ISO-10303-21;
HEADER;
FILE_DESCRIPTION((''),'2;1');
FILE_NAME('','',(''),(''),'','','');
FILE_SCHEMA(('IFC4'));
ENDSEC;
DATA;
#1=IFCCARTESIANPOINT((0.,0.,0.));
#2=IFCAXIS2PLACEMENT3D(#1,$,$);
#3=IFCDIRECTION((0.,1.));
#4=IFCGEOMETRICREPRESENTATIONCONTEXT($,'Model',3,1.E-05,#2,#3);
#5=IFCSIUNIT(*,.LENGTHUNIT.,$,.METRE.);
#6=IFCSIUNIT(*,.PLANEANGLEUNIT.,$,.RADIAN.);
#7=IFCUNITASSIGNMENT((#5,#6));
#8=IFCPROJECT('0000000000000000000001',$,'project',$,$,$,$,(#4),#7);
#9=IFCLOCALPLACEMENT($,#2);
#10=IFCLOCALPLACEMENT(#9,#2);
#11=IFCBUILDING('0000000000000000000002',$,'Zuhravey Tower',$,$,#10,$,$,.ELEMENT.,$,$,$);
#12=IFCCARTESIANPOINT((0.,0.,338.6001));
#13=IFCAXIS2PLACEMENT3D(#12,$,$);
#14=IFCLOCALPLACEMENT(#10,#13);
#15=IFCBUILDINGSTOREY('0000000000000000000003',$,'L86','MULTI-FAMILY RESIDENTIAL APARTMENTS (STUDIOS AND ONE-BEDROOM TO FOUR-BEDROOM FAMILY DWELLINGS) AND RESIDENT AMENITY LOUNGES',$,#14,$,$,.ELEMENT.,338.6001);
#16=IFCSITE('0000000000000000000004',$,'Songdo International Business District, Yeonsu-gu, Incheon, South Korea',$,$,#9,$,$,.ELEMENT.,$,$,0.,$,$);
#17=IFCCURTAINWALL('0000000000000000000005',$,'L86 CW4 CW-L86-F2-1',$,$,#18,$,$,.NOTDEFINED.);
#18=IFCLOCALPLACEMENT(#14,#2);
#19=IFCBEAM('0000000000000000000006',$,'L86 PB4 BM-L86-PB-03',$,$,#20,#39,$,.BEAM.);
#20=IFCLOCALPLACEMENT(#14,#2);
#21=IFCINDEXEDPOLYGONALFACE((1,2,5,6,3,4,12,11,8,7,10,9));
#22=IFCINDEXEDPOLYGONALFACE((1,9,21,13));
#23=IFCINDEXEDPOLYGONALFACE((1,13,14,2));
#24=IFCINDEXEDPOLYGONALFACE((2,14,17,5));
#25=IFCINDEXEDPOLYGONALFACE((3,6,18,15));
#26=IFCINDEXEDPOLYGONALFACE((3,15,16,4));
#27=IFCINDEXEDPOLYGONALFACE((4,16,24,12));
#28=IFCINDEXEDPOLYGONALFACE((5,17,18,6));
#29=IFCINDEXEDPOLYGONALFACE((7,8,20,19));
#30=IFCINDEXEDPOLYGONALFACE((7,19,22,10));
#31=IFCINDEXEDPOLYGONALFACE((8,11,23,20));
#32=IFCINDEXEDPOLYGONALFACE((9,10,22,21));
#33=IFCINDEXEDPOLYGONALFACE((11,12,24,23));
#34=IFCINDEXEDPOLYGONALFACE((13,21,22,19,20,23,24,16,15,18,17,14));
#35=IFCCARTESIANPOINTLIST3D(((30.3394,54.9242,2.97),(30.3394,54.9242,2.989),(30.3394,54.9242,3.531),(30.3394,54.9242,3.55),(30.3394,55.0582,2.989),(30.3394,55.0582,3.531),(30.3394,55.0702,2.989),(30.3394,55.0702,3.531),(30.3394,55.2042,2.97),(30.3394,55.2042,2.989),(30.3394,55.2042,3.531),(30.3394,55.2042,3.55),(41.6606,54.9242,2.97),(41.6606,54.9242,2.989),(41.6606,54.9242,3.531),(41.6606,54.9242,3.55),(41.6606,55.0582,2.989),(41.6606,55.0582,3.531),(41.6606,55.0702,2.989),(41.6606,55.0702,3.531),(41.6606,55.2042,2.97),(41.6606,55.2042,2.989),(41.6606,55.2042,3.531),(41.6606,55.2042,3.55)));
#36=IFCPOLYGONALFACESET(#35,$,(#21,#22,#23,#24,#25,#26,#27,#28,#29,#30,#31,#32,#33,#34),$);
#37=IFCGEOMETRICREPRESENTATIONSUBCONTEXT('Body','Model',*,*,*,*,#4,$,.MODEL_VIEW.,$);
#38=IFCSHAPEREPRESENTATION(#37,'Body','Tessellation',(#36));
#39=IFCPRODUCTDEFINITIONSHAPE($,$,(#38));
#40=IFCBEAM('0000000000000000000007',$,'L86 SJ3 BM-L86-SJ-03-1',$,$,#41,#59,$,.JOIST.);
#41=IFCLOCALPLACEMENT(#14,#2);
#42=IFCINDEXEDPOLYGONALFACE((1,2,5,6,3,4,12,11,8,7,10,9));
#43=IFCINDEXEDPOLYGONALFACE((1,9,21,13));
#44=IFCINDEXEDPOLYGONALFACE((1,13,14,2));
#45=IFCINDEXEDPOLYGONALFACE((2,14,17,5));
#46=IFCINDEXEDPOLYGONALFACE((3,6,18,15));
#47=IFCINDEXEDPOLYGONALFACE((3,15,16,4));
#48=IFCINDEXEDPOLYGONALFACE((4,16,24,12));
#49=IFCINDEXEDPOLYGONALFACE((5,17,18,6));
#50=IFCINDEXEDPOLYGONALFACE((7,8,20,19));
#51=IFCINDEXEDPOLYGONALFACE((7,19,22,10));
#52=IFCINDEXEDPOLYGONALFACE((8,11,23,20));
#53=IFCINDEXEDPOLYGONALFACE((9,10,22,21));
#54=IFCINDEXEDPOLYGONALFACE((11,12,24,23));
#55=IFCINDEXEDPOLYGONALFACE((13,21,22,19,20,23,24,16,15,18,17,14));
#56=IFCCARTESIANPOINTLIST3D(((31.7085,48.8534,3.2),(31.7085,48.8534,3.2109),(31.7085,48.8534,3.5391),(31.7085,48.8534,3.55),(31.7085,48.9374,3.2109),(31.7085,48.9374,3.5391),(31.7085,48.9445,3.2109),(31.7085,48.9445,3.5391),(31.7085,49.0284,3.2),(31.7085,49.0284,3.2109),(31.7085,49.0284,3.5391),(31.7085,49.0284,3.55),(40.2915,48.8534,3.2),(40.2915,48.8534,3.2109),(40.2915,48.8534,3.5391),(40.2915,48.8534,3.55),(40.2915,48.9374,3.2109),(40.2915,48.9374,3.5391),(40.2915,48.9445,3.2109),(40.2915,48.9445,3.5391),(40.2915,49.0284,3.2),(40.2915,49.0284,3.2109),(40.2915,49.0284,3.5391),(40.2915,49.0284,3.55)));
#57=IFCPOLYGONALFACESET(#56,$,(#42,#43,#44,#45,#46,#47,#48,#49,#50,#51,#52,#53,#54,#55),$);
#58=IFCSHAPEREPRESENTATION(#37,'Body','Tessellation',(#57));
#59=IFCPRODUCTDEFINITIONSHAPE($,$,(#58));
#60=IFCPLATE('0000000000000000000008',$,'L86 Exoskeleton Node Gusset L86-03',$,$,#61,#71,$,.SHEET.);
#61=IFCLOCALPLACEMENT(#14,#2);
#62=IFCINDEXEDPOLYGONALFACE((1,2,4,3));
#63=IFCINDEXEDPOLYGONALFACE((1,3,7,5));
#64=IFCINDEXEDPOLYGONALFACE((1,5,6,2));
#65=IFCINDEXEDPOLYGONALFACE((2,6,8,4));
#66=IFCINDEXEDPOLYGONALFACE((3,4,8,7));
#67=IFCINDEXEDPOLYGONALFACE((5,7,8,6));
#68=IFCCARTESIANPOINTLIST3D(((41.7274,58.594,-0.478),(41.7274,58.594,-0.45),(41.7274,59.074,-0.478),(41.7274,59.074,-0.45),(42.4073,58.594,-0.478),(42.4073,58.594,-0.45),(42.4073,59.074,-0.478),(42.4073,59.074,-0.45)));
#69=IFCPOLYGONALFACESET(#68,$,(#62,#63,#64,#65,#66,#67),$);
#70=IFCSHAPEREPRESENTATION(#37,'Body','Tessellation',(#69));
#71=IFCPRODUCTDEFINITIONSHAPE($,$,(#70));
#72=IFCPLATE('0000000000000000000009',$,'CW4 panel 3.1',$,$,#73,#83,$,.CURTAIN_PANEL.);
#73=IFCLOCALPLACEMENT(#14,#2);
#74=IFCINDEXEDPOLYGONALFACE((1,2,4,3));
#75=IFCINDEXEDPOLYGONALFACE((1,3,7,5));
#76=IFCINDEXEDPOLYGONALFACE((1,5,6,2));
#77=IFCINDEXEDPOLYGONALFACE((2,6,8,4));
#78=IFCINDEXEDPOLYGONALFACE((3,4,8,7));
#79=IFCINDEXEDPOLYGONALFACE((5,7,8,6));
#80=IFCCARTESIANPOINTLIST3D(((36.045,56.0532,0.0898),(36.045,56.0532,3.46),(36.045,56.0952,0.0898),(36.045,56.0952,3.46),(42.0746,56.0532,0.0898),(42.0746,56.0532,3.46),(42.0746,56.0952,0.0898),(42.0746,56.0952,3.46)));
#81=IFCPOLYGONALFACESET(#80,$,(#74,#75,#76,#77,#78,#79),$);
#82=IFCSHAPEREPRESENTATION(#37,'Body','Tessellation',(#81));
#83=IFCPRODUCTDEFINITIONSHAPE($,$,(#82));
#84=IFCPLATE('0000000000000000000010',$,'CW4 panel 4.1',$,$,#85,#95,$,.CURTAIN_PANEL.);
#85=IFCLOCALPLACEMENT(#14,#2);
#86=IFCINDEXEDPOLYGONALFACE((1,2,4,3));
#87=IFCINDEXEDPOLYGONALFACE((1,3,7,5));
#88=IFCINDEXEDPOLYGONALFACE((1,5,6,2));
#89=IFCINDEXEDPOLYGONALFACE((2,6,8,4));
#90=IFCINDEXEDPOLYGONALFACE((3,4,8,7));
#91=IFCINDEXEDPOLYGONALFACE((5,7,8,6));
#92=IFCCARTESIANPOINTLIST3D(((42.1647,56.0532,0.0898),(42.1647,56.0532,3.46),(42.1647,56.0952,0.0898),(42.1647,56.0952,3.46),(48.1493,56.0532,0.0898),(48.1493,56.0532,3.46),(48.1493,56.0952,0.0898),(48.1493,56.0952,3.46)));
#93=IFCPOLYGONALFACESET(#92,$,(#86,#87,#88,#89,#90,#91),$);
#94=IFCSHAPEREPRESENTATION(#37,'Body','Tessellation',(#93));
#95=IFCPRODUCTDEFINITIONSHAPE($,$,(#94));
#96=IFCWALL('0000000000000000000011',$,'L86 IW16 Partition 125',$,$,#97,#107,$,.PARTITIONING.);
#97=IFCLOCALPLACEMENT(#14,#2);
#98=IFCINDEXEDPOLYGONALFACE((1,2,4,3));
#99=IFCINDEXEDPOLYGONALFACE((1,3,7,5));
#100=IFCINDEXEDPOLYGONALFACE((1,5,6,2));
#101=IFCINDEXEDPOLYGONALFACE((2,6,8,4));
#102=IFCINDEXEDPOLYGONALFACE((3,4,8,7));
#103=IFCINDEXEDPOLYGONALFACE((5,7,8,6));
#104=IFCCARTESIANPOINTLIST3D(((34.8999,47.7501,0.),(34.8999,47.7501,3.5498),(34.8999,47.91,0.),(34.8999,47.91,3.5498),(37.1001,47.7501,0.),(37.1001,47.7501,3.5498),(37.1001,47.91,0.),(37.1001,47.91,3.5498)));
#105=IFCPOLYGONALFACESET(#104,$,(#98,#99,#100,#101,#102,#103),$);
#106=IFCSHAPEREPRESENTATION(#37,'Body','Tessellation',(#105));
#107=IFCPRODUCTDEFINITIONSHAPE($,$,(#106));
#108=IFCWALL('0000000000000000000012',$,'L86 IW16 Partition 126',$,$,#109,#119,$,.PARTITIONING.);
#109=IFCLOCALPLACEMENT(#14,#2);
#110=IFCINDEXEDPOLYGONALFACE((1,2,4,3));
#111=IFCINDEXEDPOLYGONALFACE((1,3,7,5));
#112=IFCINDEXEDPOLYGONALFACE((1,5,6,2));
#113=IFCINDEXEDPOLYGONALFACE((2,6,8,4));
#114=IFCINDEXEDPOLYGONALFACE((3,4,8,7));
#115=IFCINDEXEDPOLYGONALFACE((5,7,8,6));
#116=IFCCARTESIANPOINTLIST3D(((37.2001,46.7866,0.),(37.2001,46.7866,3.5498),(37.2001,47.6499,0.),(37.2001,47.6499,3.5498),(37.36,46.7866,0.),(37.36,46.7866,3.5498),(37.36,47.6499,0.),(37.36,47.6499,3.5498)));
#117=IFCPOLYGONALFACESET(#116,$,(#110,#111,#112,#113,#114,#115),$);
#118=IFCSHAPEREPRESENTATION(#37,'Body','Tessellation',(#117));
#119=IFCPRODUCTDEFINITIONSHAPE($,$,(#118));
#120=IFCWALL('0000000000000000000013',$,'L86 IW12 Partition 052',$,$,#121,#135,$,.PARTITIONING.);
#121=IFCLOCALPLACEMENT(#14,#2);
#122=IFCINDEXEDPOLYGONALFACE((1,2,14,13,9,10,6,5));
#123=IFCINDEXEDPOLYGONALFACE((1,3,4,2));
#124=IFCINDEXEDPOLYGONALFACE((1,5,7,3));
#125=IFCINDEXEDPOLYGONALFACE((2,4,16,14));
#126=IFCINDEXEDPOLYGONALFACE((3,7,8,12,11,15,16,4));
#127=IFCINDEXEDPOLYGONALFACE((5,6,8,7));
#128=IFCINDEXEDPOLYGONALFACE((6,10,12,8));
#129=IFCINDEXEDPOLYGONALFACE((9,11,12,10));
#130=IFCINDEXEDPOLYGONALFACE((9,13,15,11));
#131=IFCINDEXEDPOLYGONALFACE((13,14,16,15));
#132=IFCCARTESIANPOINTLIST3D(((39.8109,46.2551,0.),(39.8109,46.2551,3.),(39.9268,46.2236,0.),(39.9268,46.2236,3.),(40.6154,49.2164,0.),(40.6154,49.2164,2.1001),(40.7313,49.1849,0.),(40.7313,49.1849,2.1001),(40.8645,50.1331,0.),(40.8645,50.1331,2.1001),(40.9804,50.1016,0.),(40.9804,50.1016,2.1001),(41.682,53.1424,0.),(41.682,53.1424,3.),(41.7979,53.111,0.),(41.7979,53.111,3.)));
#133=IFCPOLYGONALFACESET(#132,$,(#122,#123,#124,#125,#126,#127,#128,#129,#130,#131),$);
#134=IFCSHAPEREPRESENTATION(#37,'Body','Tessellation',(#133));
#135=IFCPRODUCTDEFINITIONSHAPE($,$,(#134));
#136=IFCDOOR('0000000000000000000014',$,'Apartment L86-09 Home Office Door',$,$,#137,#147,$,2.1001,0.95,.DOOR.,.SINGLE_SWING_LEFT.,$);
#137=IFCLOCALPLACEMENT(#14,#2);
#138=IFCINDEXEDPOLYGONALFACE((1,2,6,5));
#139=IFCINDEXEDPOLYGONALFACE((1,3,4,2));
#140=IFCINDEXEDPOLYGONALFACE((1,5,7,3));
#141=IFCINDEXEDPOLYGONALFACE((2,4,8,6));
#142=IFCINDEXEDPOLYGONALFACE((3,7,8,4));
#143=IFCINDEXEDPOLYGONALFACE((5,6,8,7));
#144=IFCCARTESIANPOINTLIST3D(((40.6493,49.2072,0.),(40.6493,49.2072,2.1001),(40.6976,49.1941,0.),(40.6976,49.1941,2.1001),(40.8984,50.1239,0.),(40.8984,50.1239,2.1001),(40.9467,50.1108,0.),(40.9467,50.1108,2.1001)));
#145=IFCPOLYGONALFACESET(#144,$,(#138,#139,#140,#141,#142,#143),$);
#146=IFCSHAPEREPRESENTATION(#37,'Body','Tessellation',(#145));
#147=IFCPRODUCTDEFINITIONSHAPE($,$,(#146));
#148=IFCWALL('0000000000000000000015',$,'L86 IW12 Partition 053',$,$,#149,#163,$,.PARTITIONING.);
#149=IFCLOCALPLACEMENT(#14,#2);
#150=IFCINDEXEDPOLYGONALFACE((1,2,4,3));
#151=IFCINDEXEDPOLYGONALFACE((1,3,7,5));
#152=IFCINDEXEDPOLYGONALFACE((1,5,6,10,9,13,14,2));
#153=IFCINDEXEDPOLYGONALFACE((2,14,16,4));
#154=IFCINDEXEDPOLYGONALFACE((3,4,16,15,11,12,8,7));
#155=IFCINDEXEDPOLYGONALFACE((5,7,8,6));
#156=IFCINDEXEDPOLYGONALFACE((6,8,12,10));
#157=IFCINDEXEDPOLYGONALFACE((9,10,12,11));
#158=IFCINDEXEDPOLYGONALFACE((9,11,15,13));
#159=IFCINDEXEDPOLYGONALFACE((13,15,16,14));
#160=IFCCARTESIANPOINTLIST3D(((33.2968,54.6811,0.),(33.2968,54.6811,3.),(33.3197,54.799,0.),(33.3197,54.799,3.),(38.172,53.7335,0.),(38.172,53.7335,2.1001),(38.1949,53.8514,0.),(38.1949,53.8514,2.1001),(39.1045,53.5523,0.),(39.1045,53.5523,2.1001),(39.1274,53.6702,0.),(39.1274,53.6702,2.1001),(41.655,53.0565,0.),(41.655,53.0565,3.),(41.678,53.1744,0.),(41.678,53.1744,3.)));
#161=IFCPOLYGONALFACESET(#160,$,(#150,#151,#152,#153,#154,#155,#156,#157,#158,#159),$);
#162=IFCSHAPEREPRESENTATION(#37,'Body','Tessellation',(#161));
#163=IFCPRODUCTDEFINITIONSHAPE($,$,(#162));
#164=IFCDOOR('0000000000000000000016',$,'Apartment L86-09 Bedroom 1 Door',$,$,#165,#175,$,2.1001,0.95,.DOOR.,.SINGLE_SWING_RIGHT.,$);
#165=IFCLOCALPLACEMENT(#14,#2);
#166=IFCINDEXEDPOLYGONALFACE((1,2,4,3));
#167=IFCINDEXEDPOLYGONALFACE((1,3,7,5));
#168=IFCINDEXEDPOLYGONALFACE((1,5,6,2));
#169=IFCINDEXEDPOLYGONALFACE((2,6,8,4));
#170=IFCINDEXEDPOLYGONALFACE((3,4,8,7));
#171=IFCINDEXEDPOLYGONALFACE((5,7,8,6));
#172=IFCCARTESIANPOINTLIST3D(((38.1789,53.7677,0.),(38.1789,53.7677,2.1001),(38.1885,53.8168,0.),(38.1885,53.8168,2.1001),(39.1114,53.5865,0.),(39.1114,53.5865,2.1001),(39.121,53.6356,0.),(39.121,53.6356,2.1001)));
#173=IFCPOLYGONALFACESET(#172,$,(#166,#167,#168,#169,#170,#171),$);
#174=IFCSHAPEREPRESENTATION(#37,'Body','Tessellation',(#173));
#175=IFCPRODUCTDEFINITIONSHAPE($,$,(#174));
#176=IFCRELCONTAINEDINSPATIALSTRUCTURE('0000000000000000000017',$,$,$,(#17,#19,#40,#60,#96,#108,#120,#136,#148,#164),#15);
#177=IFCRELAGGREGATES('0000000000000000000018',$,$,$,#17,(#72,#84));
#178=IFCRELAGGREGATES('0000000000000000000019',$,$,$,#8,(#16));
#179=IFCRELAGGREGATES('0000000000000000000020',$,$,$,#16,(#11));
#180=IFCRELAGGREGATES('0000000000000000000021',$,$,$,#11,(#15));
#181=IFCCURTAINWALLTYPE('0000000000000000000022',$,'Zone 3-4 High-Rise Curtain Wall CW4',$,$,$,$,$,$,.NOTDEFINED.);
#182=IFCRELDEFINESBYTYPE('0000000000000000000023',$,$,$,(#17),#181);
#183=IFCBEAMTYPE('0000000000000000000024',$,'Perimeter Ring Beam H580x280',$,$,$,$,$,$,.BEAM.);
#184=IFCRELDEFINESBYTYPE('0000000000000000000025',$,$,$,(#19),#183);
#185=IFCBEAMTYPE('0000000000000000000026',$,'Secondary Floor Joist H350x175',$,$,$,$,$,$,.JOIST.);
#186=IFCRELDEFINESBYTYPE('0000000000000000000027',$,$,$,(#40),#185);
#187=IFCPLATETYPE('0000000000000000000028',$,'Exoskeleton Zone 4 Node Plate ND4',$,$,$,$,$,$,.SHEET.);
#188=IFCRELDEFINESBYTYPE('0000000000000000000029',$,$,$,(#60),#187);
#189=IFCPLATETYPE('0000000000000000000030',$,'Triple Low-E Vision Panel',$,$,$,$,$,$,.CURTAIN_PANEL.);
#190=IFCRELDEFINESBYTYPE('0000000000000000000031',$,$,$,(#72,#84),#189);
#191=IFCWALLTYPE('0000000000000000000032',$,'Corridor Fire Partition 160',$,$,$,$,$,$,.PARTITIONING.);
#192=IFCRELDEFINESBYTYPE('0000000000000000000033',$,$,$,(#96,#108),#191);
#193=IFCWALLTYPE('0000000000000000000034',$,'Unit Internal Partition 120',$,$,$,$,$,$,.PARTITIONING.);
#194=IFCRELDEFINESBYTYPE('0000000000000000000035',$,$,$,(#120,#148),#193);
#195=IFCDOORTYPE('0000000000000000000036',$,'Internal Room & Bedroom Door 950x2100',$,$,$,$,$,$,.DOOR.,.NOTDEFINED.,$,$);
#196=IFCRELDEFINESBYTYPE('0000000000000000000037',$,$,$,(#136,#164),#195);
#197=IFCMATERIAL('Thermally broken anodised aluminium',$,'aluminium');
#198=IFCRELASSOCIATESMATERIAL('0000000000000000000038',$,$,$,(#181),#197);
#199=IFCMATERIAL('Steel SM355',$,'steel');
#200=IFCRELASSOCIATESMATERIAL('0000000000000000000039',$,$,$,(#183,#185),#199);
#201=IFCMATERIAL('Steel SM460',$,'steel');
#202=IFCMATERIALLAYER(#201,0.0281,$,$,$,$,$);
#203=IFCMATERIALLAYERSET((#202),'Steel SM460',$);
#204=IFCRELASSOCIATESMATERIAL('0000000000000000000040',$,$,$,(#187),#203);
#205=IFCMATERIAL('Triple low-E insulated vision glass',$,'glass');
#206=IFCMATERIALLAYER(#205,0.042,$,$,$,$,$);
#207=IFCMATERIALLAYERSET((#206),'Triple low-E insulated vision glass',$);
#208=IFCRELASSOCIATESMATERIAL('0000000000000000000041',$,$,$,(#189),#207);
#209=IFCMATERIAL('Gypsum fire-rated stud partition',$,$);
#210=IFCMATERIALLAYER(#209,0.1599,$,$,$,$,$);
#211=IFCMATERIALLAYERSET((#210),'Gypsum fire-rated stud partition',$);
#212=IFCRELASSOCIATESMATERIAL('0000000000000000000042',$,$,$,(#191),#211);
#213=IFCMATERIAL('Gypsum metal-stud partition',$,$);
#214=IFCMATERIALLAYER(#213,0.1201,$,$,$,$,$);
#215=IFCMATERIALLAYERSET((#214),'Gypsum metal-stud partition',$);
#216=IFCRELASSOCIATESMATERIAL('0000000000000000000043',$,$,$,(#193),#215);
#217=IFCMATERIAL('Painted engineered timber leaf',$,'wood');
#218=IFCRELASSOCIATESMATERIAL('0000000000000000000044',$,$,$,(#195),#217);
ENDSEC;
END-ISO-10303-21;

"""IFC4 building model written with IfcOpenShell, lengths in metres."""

from ifc_helpers import new_model, si_unit, direction, frame, frame_2d, origin, origin_2d, place, context, subcontext, project, spatial, rectangle, i_section, extrude, material, layer, layer_set, material_profile, profile_set, type_object, element, fill, aggregate, save


model = new_model("IFC4")

# Units and contexts
model_context = context("Model", 3, precision=1e-05, world=origin(), true_north=direction((0.0, 1.0)))
body_context = subcontext(model_context, "Body", "Model", "MODEL_VIEW")
ifc_project = project(units=[si_unit("LENGTHUNIT", "METRE"), si_unit("PLANEANGLEUNIT", "RADIAN")], contexts=[model_context])

# Site, building, storey
site_placement = place(None, origin())
site = spatial("IfcSite", under=ifc_project, at=site_placement, Name="Songdo International Business District, Yeonsu-gu, Incheon, South Korea", CompositionType="ELEMENT", RefElevation=0.0)
building_placement = place(site_placement, origin())
building = spatial("IfcBuilding", under=site, at=building_placement, Name="Zuhravey Tower", CompositionType="ELEMENT")
storey_placement = place(building_placement, frame((0.0, 0.0, 338.6001)))
storey = spatial("IfcBuildingStorey", under=building, at=storey_placement, Name="L86", Description="MULTI-FAMILY RESIDENTIAL APARTMENTS (STUDIOS AND ONE-BEDROOM TO FOUR-BEDROOM FAMILY DWELLINGS) AND RESIDENT AMENITY LOUNGES", CompositionType="ELEMENT", Elevation=338.6001)

# Curtain wall
ifc_material_1 = material(Name="Thermally broken anodised aluminium", Category="aluminium")
curtain_wall_type = type_object("IfcCurtainWallType", Name="Zone 3-4 High-Rise Curtain Wall CW4", PredefinedType="NOTDEFINED", material=ifc_material_1)
curtain_wall_placement = place(storey_placement, origin())
curtain_wall = element("IfcCurtainWall", 1, at=curtain_wall_placement, inside=storey, type_object=curtain_wall_type, Name="L86 CW4 CW-L86-F2-1", PredefinedType="NOTDEFINED")

# Shared definitions
ifc_material_2 = material(Name="Steel SM355", Category="steel")

# Beams
ifc_material_profile_1 = material_profile(ifc_material_2, i_section(OverallWidth=0.28, OverallDepth=0.5801, WebThickness=0.012, FlangeThickness=0.019, at=origin_2d()), Name="H-580x280x12x19")
ifc_profile_set_1 = profile_set([ifc_material_profile_1], Name="Steel SM355")
beam_type_1 = type_object("IfcBeamType", Name="Perimeter Ring Beam H580x280", PredefinedType="BEAM", material=ifc_profile_set_1)
beam_1_placement = place(storey_placement, frame((41.6606, 55.0642, 3.26), z_axis=(-1.0, 0.0, 0.0), x_axis=(0.0, -1.0, 0.0)))
element("IfcBeam", 2, at=beam_1_placement, inside=storey, type_object=beam_type_1, Name="L86 PB4 BM-L86-PB-03", PredefinedType="BEAM", context=body_context, shape_type="SweptSolid", body=[
    extrude(i_section(OverallWidth=0.28, OverallDepth=0.5801, WebThickness=0.012, FlangeThickness=0.019, at=origin_2d()), origin(), (0.0, 0.0, 1.0), 11.3213),
])
ifc_material_profile_2 = material_profile(ifc_material_2, i_section(OverallWidth=0.175, OverallDepth=0.3501, WebThickness=0.0071, FlangeThickness=0.011, at=origin_2d()), Name="H-350x175x7x11")
ifc_profile_set_2 = profile_set([ifc_material_profile_2], Name="Steel SM355")
beam_type_2 = type_object("IfcBeamType", Name="Secondary Floor Joist H350x175", PredefinedType="JOIST", material=ifc_profile_set_2)
beam_2_placement = place(storey_placement, frame((40.2915, 48.9409, 3.375), z_axis=(-1.0, 0.0, 0.0), x_axis=(0.0, -1.0, 0.0)))
element("IfcBeam", 3, at=beam_2_placement, inside=storey, type_object=beam_type_2, Name="L86 SJ3 BM-L86-SJ-03-1", PredefinedType="JOIST", context=body_context, shape_type="SweptSolid", body=[
    extrude(i_section(OverallWidth=0.175, OverallDepth=0.3501, WebThickness=0.0071, FlangeThickness=0.011, at=origin_2d()), origin(), (0.0, 0.0, 1.0), 8.583),
])

# Plates
ifc_material_3 = material(Name="Steel SM460", Category="steel")
ifc_layer_1 = layer(ifc_material_3, 0.0281)
ifc_layer_set_1 = layer_set([ifc_layer_1], Name="Steel SM460")
plate_type_1 = type_object("IfcPlateType", Name="Exoskeleton Zone 4 Node Plate ND4", PredefinedType="SHEET", material=ifc_layer_set_1)
plate_1_placement = place(storey_placement, frame((42.0674, 58.834, -0.478), z_axis=(0.0, 0.0, 1.0), x_axis=(-1.0, 0.0, 0.0)))
element("IfcPlate", 4, at=plate_1_placement, inside=storey, type_object=plate_type_1, Name="L86 Exoskeleton Node Gusset L86-03", PredefinedType="SHEET", context=body_context, shape_type="SweptSolid", body=[
    extrude(rectangle(XDim=0.6799, YDim=0.48, at=origin_2d()), origin(), (0.0, 0.0, 1.0), 0.0281),
])
ifc_material_4 = material(Name="Triple low-E insulated vision glass", Category="glass")
ifc_layer_2 = layer(ifc_material_4, 0.042)
ifc_layer_set_2 = layer_set([ifc_layer_2], Name="Triple low-E insulated vision glass")
plate_type_2 = type_object("IfcPlateType", Name="Triple Low-E Vision Panel", PredefinedType="CURTAIN_PANEL", material=ifc_layer_set_2)
plate_2_placement = place(storey_placement, frame((39.0598, 56.0742, 0.0898), z_axis=(0.0, 0.0, 1.0), x_axis=(1.0, 0.0, 0.0)))
plate_2 = element("IfcPlate", 5, at=plate_2_placement, type_object=plate_type_2, Name="CW4 panel 3.1", PredefinedType="CURTAIN_PANEL", context=body_context, shape_type="SweptSolid", body=[
    extrude(rectangle(XDim=6.0295, YDim=0.042, at=origin_2d()), origin(), (0.0, 0.0, 1.0), 3.3701),
])
plate_3_placement = place(storey_placement, frame((45.157, 56.0742, 0.0898), z_axis=(0.0, 0.0, 1.0), x_axis=(1.0, 0.0, 0.0)))
plate_3 = element("IfcPlate", 6, at=plate_3_placement, type_object=plate_type_2, Name="CW4 panel 4.1", PredefinedType="CURTAIN_PANEL", context=body_context, shape_type="SweptSolid", body=[
    extrude(rectangle(XDim=5.9846, YDim=0.042, at=origin_2d()), origin(), (0.0, 0.0, 1.0), 3.3701),
])
aggregate(curtain_wall, [plate_2, plate_3])

# Walls
ifc_material_5 = material(Name="Gypsum fire-rated stud partition")
ifc_layer_3 = layer(ifc_material_5, 0.1599)
ifc_layer_set_3 = layer_set([ifc_layer_3], Name="Gypsum fire-rated stud partition")
wall_type_1 = type_object("IfcWallType", Name="Corridor Fire Partition 160", PredefinedType="PARTITIONING", material=ifc_layer_set_3)
wall_1_placement = place(storey_placement, frame((37.1001, 47.8301, 0.0), z_axis=(0.0, 0.0, 1.0), x_axis=(-1.0, 0.0, 0.0)))
element("IfcWall", 7, at=wall_1_placement, inside=storey, type_object=wall_type_1, Name="L86 IW16 Partition 125", PredefinedType="PARTITIONING", context=body_context, shape_type="SweptSolid", body=[
    extrude(rectangle(XDim=2.2002, YDim=0.1599, at=frame_2d((1.1001, 0.0))), origin(), (0.0, 0.0, 1.0), 3.5498),
])
wall_2_placement = place(storey_placement, frame((37.28, 46.7866, 0.0), z_axis=(0.0, 0.0, 1.0), x_axis=(0.0, 1.0, 0.0)))
element("IfcWall", 8, at=wall_2_placement, inside=storey, type_object=wall_type_1, Name="L86 IW16 Partition 126", PredefinedType="PARTITIONING", context=body_context, shape_type="SweptSolid", body=[
    extrude(rectangle(XDim=0.8633, YDim=0.1599, at=frame_2d((0.4316, 0.0))), origin(), (0.0, 0.0, 1.0), 3.5498),
])

# Walls, openings, doors
ifc_material_6 = material(Name="Gypsum metal-stud partition")
ifc_layer_4 = layer(ifc_material_6, 0.1201)
ifc_layer_set_4 = layer_set([ifc_layer_4], Name="Gypsum metal-stud partition")
wall_type_2 = type_object("IfcWallType", Name="Unit Internal Partition 120", PredefinedType="PARTITIONING", material=ifc_layer_set_4)
wall_3_placement = place(storey_placement, frame((39.8689, 46.2395, 0.0), z_axis=(0.0, 0.0, 1.0), x_axis=(0.262174, 0.965021, 0.0)))
wall_3 = element("IfcWall", 9, at=wall_3_placement, inside=storey, type_object=wall_type_2, Name="L86 IW12 Partition 052", PredefinedType="PARTITIONING", context=body_context, shape_type="SweptSolid", body=[
    extrude(rectangle(XDim=7.137, YDim=0.1201, at=frame_2d((3.5684, 0.0))), origin(), (0.0, 0.0, 1.0), 3.0),
])
opening_1_placement = place(wall_3_placement, frame((3.0684, 0.0, 0.0)))
opening_1 = element("IfcOpeningElement", 10, at=opening_1_placement, cuts=wall_3, PredefinedType="OPENING", context=body_context, shape_type="SweptSolid", body=[
    extrude(rectangle(XDim=0.95, YDim=2.1001, at=frame_2d((0.4751, 1.05))), frame((0.0, 0.072, 0.0), z_axis=(0.0, -1.0, 0.0), x_axis=(1.0, 0.0, 0.0)), (0.0, 0.0, 1.0), 0.144),
])
ifc_material_7 = material(Name="Painted engineered timber leaf", Category="wood")
door_type = type_object("IfcDoorType", Name="Internal Room & Bedroom Door 950x2100", OperationType="NOTDEFINED", PredefinedType="DOOR", material=ifc_material_7)
door_1_placement = place(opening_1_placement, origin())
door_1 = element("IfcDoor", 11, at=door_1_placement, inside=storey, type_object=door_type, Name="Apartment L86-09 Home Office Door", OperationType="SINGLE_SWING_LEFT", OverallHeight=2.1001, OverallWidth=0.95, PredefinedType="DOOR", context=body_context, shape_type="SweptSolid", body=[
    extrude(rectangle(XDim=0.95, YDim=2.1001, at=frame_2d((0.4751, 1.05))), frame((0.0, 0.0249, 0.0), z_axis=(0.0, -1.0, 0.0), x_axis=(1.0, 0.0, 0.0)), (0.0, 0.0, 1.0), 0.05),
])
fill(opening_1, door_1)
wall_4_placement = place(storey_placement, frame((41.6665, 53.1155, 0.0), z_axis=(0.0, 0.0, 1.0), x_axis=(-0.98163, 0.190792, 0.0)))
wall_4 = element("IfcWall", 12, at=wall_4_placement, inside=storey, type_object=wall_type_2, Name="L86 IW12 Partition 053", PredefinedType="PARTITIONING", context=body_context, shape_type="SweptSolid", body=[
    extrude(rectangle(XDim=8.5146, YDim=0.1201, at=frame_2d((4.2573, 0.0))), origin(), (0.0, 0.0, 1.0), 3.0),
])
opening_2_placement = place(wall_4_placement, frame((2.5981, 0.0, 0.0)))
opening_2 = element("IfcOpeningElement", 13, at=opening_2_placement, cuts=wall_4, PredefinedType="OPENING", context=body_context, shape_type="SweptSolid", body=[
    extrude(rectangle(XDim=0.95, YDim=2.1001, at=frame_2d((0.4751, 1.05))), frame((0.0, 0.072, 0.0), z_axis=(0.0, -1.0, 0.0), x_axis=(1.0, 0.0, 0.0)), (0.0, 0.0, 1.0), 0.144),
])
door_2_placement = place(opening_2_placement, frame((0.95, 0.0, 0.0), z_axis=(0.0, 0.0, 1.0), x_axis=(-1.0, 0.0, 0.0)))
door_2 = element("IfcDoor", 14, at=door_2_placement, inside=storey, type_object=door_type, Name="Apartment L86-09 Bedroom 1 Door", OperationType="SINGLE_SWING_RIGHT", OverallHeight=2.1001, OverallWidth=0.95, PredefinedType="DOOR", context=body_context, shape_type="SweptSolid", body=[
    extrude(rectangle(XDim=0.95, YDim=2.1001, at=frame_2d((0.4751, 1.05))), frame((0.0, 0.0249, 0.0), z_axis=(0.0, -1.0, 0.0), x_axis=(1.0, 0.0, 0.0)), (0.0, 0.0, 1.0), 0.05),
])
fill(opening_2, door_2)

save(model, "model.ifc")
